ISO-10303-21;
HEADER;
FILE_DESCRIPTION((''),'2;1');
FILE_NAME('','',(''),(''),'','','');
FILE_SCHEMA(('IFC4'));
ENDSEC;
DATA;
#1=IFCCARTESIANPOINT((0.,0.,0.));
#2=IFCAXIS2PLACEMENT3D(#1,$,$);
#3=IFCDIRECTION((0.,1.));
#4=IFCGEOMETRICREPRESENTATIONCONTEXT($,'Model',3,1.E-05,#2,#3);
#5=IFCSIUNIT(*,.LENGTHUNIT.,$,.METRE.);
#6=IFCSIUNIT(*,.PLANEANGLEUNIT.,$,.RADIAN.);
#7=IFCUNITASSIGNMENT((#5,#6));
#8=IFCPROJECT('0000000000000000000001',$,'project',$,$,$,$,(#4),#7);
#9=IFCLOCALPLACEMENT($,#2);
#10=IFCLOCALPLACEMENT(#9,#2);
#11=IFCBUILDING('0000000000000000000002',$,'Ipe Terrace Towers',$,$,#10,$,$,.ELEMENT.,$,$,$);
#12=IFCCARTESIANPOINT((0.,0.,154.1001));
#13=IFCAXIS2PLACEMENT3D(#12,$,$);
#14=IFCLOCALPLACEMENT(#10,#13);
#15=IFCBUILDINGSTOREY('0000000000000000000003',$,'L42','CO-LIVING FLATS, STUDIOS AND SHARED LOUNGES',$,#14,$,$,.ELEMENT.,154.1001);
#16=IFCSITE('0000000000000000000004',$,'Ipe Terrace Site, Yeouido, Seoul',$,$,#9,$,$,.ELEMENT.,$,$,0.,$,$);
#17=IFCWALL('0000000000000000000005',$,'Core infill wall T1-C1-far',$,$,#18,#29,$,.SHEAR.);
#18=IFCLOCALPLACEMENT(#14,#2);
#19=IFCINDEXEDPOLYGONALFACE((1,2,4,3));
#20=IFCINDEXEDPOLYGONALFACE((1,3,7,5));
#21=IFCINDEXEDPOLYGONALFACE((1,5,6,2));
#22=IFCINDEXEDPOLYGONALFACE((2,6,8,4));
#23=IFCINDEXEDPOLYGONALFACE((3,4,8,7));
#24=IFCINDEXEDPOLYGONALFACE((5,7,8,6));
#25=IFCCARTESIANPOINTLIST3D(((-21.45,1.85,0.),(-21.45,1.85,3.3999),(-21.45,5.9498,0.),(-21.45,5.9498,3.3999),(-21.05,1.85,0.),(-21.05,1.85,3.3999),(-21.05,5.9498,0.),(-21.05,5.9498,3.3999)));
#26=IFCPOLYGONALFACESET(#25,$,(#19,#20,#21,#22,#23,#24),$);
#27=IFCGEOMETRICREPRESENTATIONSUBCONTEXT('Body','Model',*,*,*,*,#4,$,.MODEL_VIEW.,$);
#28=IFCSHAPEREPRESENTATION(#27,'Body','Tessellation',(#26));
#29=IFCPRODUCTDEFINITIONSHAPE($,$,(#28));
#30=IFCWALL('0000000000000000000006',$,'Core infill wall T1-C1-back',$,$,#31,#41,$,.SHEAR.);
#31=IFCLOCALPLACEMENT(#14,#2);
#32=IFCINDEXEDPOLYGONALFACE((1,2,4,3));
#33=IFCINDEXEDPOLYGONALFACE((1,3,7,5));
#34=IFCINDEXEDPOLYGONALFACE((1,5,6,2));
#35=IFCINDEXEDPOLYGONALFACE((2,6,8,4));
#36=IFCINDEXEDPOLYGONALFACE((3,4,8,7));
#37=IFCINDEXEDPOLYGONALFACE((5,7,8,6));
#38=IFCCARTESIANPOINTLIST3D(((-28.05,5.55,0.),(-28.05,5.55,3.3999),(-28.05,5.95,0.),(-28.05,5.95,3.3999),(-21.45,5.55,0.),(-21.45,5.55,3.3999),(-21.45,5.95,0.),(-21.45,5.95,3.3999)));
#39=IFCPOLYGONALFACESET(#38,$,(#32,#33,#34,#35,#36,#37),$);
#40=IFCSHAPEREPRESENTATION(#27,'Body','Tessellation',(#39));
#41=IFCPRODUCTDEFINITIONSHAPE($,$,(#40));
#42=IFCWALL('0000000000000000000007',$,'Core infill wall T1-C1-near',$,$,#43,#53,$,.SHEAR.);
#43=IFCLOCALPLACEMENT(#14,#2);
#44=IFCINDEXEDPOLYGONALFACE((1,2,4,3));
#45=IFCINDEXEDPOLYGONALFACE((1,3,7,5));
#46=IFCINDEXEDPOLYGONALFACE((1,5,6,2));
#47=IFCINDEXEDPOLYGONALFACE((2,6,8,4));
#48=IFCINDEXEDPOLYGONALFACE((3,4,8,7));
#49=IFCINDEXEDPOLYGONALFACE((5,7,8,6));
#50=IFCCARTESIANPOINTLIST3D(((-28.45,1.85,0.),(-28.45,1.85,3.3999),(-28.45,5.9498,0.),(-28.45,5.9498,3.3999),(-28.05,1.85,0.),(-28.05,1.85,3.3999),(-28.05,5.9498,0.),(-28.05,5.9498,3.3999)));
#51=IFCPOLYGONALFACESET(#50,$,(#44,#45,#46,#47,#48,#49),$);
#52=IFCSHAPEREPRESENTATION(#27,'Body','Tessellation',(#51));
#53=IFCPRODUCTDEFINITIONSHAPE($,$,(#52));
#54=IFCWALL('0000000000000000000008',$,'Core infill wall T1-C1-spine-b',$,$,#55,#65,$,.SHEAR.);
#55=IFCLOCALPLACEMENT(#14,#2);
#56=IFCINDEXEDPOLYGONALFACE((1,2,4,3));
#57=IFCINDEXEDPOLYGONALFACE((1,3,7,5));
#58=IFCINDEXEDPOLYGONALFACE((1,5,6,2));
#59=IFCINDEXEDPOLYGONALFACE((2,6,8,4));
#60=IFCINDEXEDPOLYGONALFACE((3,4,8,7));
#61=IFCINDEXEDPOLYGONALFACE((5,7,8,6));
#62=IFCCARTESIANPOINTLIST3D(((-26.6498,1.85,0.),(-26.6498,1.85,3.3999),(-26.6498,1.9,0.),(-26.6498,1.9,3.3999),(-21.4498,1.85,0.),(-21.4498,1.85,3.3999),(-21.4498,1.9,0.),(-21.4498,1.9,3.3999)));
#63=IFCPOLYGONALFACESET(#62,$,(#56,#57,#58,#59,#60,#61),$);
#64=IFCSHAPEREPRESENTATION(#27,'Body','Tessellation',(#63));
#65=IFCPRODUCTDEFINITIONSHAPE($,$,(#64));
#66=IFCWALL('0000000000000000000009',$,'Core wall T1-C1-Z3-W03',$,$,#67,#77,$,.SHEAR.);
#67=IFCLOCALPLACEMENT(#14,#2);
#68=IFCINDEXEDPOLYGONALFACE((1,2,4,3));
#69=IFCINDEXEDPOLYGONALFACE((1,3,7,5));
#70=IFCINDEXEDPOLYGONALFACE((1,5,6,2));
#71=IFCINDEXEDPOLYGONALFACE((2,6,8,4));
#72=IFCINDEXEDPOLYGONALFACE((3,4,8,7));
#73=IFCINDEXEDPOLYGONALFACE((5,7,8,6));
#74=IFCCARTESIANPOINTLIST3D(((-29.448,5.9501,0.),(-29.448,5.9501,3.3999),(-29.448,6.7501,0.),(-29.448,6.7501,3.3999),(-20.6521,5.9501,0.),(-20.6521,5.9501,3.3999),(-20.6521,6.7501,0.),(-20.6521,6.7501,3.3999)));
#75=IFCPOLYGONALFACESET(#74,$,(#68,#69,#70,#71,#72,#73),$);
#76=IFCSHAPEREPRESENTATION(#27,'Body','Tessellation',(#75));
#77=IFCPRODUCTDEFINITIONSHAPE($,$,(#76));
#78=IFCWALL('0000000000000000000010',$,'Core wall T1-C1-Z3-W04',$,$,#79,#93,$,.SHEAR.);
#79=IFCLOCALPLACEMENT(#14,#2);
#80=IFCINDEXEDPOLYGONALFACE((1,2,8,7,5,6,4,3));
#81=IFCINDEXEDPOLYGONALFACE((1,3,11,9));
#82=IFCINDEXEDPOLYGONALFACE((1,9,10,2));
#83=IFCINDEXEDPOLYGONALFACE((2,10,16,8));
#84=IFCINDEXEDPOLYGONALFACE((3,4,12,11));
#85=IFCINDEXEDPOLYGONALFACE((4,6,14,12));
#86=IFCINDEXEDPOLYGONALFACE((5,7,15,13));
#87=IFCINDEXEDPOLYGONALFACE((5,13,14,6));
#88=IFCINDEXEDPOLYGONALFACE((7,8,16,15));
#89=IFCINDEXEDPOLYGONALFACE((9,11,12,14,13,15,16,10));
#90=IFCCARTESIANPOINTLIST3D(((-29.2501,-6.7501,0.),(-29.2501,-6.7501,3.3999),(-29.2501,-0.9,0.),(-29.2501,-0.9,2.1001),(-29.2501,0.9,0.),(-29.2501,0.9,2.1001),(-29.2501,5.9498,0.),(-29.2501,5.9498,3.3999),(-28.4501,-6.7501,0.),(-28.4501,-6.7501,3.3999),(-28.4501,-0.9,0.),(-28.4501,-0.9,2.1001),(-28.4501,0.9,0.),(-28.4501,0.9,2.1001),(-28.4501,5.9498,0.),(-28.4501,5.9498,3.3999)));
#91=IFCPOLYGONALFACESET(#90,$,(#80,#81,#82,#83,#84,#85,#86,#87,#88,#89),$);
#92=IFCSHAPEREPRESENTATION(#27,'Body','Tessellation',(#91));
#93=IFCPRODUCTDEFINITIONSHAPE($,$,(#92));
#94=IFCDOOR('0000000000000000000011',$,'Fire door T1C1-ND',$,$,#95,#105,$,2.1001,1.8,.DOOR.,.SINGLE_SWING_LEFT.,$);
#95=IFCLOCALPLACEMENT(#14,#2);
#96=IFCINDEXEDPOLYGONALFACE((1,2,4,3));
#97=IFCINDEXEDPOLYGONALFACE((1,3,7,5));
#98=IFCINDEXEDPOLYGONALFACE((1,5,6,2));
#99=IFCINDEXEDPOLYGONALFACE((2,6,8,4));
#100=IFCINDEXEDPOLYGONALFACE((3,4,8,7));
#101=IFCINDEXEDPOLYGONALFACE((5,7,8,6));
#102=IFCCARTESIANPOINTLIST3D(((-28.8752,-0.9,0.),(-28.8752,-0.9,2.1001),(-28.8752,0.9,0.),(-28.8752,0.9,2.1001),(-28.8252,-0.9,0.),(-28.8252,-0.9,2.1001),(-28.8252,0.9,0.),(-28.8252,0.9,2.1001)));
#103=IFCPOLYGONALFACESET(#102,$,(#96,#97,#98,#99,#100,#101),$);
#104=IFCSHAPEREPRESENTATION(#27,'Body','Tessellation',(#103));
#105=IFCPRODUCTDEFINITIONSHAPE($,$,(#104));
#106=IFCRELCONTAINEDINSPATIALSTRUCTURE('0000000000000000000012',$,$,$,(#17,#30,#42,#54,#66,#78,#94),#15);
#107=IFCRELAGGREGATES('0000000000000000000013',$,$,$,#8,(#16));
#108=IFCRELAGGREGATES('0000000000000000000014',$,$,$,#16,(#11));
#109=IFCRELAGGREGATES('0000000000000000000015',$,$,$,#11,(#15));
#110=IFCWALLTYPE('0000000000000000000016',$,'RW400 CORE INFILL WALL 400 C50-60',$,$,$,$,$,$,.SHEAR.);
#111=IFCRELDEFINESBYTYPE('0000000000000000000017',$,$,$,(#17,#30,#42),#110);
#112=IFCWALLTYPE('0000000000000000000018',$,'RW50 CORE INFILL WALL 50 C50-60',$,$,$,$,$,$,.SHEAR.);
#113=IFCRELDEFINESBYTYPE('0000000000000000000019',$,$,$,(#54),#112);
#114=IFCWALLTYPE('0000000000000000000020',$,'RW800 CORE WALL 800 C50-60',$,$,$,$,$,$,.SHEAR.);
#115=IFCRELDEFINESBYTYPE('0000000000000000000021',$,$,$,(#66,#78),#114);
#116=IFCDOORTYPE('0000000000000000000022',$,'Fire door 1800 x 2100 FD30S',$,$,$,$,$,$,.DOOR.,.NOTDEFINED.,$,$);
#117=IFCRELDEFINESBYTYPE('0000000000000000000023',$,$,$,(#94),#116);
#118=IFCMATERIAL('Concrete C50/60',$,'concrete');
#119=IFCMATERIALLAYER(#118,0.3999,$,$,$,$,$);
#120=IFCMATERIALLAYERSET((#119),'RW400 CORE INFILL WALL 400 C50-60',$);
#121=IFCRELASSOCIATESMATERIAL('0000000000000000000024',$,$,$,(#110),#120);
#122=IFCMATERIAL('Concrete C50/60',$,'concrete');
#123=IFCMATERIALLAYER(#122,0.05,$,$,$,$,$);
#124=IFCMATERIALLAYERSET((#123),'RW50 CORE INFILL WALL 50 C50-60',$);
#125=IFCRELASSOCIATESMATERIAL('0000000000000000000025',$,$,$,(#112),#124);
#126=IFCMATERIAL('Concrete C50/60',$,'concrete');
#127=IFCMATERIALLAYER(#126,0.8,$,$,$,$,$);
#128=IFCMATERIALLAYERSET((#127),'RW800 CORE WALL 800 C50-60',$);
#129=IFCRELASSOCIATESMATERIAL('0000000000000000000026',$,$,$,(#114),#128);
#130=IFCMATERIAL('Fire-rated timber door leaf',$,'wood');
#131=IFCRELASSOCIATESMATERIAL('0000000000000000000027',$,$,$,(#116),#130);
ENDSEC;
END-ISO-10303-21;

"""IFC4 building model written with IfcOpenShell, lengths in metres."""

from ifc_helpers import new_model, si_unit, direction, frame, frame_2d, origin, place, context, subcontext, project, spatial, rectangle, extrude, material, layer, layer_set, type_object, element, fill, save


model = new_model("IFC4")

# Units and contexts
model_context = context("Model", 3, precision=1e-05, world=origin(), true_north=direction((0.0, 1.0)))
body_context = subcontext(model_context, "Body", "Model", "MODEL_VIEW")
ifc_project = project(units=[si_unit("LENGTHUNIT", "METRE"), si_unit("PLANEANGLEUNIT", "RADIAN")], contexts=[model_context])

# Site, building, storey
site_placement = place(None, origin())
site = spatial("IfcSite", under=ifc_project, at=site_placement, Name="Ipe Terrace Site, Yeouido, Seoul", CompositionType="ELEMENT", RefElevation=0.0)
building_placement = place(site_placement, origin())
building = spatial("IfcBuilding", under=site, at=building_placement, Name="Ipe Terrace Towers", CompositionType="ELEMENT")
storey_placement = place(building_placement, frame((0.0, 0.0, 154.1001)))
storey = spatial("IfcBuildingStorey", under=building, at=storey_placement, Name="L42", Description="CO-LIVING FLATS, STUDIOS AND SHARED LOUNGES", CompositionType="ELEMENT", Elevation=154.1001)

# Walls
ifc_material_1 = material(Name="Concrete C50/60", Category="concrete")
ifc_layer_1 = layer(ifc_material_1, 0.3999)
ifc_layer_set_1 = layer_set([ifc_layer_1], Name="RW400 CORE INFILL WALL 400 C50-60")
wall_type_1 = type_object("IfcWallType", Name="RW400 CORE INFILL WALL 400 C50-60", PredefinedType="SHEAR", material=ifc_layer_set_1)
wall_1_placement = place(storey_placement, frame((-21.25, 1.8501, 0.0), z_axis=(0.0, 0.0, 1.0), x_axis=(0.0, 1.0, 0.0)))
element("IfcWall", 1, at=wall_1_placement, inside=storey, type_object=wall_type_1, Name="Core infill wall T1-C1-far", PredefinedType="SHEAR", context=body_context, shape_type="SweptSolid", body=[
    extrude(rectangle(XDim=4.0999, YDim=0.3999, at=frame_2d((2.0498, 0.0))), origin(), (0.0, 0.0, 1.0), 3.3999),
])
wall_2_placement = place(storey_placement, frame((-28.05, 5.75, 0.0), z_axis=(0.0, 0.0, 1.0), x_axis=(1.0, 0.0, 0.0)))
element("IfcWall", 2, at=wall_2_placement, inside=storey, type_object=wall_type_1, Name="Core infill wall T1-C1-back", PredefinedType="SHEAR", context=body_context, shape_type="SweptSolid", body=[
    extrude(rectangle(XDim=6.6001, YDim=0.3999, at=frame_2d((3.3, 0.0))), origin(), (0.0, 0.0, 1.0), 3.3999),
])
wall_3_placement = place(storey_placement, frame((-28.25, 1.8501, 0.0), z_axis=(0.0, 0.0, 1.0), x_axis=(0.0, 1.0, 0.0)))
element("IfcWall", 3, at=wall_3_placement, inside=storey, type_object=wall_type_1, Name="Core infill wall T1-C1-near", PredefinedType="SHEAR", context=body_context, shape_type="SweptSolid", body=[
    extrude(rectangle(XDim=4.0999, YDim=0.3999, at=frame_2d((2.0498, 0.0))), origin(), (0.0, 0.0, 1.0), 3.3999),
])
ifc_material_2 = material(Name="Concrete C50/60", Category="concrete")
ifc_layer_2 = layer(ifc_material_2, 0.05)
ifc_layer_set_2 = layer_set([ifc_layer_2], Name="RW50 CORE INFILL WALL 50 C50-60")
wall_type_2 = type_object("IfcWallType", Name="RW50 CORE INFILL WALL 50 C50-60", PredefinedType="SHEAR", material=ifc_layer_set_2)
wall_4_placement = place(storey_placement, frame((-26.6499, 1.875, 0.0), z_axis=(0.0, 0.0, 1.0), x_axis=(1.0, 0.0, 0.0)))
element("IfcWall", 4, at=wall_4_placement, inside=storey, type_object=wall_type_2, Name="Core infill wall T1-C1-spine-b", PredefinedType="SHEAR", context=body_context, shape_type="SweptSolid", body=[
    extrude(rectangle(XDim=5.2, YDim=0.05, at=frame_2d((2.6001, 0.0))), origin(), (0.0, 0.0, 1.0), 3.3999),
])
ifc_material_3 = material(Name="Concrete C50/60", Category="concrete")
ifc_layer_3 = layer(ifc_material_3, 0.8)
ifc_layer_set_3 = layer_set([ifc_layer_3], Name="RW800 CORE WALL 800 C50-60")
wall_type_3 = type_object("IfcWallType", Name="RW800 CORE WALL 800 C50-60", PredefinedType="SHEAR", material=ifc_layer_set_3)
wall_5_placement = place(storey_placement, frame((-20.6521, 6.3501, 0.0), z_axis=(0.0, 0.0, 1.0), x_axis=(-1.0, 0.0, 0.0)))
element("IfcWall", 5, at=wall_5_placement, inside=storey, type_object=wall_type_3, Name="Core wall T1-C1-Z3-W03", PredefinedType="SHEAR", context=body_context, shape_type="SweptSolid", body=[
    extrude(rectangle(XDim=8.7959, YDim=0.8, at=frame_2d((4.3979, 0.0))), origin(), (0.0, 0.0, 1.0), 3.3999),
])

# Wall, opening, door
wall_6_placement = place(storey_placement, frame((-28.8501, 5.95, 0.0), z_axis=(0.0, 0.0, 1.0), x_axis=(0.0, -1.0, 0.0)))
wall_6 = element("IfcWall", 6, at=wall_6_placement, inside=storey, type_object=wall_type_3, Name="Core wall T1-C1-Z3-W04", PredefinedType="SHEAR", context=body_context, shape_type="SweptSolid", body=[
    extrude(rectangle(XDim=12.7, YDim=0.8, at=frame_2d((6.3501, 0.0))), origin(), (0.0, 0.0, 1.0), 3.3999),
])
opening_1_placement = place(wall_6_placement, frame((5.05, 0.0, 0.0)))
opening_1 = element("IfcOpeningElement", 7, at=opening_1_placement, cuts=wall_6, PredefinedType="OPENING", context=body_context, shape_type="SweptSolid", body=[
    extrude(rectangle(XDim=1.8, YDim=2.1001, at=frame_2d((0.8999, 1.05))), frame((0.0, 0.4102, 0.0), z_axis=(0.0, -1.0, 0.0), x_axis=(1.0, 0.0, 0.0)), (0.0, 0.0, 1.0), 0.8201),
])
ifc_material_4 = material(Name="Fire-rated timber door leaf", Category="wood")
door_type_1 = type_object("IfcDoorType", Name="Fire door 1800 x 2100 FD30S", OperationType="NOTDEFINED", PredefinedType="DOOR", material=ifc_material_4)
door_1_placement = place(opening_1_placement, origin())
door_1 = element("IfcDoor", 8, at=door_1_placement, inside=storey, type_object=door_type_1, Name="Fire door T1C1-ND", OperationType="SINGLE_SWING_LEFT", OverallHeight=2.1001, OverallWidth=1.8, PredefinedType="DOOR", context=body_context, shape_type="SweptSolid", body=[
    extrude(rectangle(XDim=1.8, YDim=2.1001, at=frame_2d((0.8999, 1.05))), frame((0.0, 0.0249, 0.0), z_axis=(0.0, -1.0, 0.0), x_axis=(1.0, 0.0, 0.0)), (0.0, 0.0, 1.0), 0.05),
])
fill(opening_1, door_1)

save(model, "model.ifc")
